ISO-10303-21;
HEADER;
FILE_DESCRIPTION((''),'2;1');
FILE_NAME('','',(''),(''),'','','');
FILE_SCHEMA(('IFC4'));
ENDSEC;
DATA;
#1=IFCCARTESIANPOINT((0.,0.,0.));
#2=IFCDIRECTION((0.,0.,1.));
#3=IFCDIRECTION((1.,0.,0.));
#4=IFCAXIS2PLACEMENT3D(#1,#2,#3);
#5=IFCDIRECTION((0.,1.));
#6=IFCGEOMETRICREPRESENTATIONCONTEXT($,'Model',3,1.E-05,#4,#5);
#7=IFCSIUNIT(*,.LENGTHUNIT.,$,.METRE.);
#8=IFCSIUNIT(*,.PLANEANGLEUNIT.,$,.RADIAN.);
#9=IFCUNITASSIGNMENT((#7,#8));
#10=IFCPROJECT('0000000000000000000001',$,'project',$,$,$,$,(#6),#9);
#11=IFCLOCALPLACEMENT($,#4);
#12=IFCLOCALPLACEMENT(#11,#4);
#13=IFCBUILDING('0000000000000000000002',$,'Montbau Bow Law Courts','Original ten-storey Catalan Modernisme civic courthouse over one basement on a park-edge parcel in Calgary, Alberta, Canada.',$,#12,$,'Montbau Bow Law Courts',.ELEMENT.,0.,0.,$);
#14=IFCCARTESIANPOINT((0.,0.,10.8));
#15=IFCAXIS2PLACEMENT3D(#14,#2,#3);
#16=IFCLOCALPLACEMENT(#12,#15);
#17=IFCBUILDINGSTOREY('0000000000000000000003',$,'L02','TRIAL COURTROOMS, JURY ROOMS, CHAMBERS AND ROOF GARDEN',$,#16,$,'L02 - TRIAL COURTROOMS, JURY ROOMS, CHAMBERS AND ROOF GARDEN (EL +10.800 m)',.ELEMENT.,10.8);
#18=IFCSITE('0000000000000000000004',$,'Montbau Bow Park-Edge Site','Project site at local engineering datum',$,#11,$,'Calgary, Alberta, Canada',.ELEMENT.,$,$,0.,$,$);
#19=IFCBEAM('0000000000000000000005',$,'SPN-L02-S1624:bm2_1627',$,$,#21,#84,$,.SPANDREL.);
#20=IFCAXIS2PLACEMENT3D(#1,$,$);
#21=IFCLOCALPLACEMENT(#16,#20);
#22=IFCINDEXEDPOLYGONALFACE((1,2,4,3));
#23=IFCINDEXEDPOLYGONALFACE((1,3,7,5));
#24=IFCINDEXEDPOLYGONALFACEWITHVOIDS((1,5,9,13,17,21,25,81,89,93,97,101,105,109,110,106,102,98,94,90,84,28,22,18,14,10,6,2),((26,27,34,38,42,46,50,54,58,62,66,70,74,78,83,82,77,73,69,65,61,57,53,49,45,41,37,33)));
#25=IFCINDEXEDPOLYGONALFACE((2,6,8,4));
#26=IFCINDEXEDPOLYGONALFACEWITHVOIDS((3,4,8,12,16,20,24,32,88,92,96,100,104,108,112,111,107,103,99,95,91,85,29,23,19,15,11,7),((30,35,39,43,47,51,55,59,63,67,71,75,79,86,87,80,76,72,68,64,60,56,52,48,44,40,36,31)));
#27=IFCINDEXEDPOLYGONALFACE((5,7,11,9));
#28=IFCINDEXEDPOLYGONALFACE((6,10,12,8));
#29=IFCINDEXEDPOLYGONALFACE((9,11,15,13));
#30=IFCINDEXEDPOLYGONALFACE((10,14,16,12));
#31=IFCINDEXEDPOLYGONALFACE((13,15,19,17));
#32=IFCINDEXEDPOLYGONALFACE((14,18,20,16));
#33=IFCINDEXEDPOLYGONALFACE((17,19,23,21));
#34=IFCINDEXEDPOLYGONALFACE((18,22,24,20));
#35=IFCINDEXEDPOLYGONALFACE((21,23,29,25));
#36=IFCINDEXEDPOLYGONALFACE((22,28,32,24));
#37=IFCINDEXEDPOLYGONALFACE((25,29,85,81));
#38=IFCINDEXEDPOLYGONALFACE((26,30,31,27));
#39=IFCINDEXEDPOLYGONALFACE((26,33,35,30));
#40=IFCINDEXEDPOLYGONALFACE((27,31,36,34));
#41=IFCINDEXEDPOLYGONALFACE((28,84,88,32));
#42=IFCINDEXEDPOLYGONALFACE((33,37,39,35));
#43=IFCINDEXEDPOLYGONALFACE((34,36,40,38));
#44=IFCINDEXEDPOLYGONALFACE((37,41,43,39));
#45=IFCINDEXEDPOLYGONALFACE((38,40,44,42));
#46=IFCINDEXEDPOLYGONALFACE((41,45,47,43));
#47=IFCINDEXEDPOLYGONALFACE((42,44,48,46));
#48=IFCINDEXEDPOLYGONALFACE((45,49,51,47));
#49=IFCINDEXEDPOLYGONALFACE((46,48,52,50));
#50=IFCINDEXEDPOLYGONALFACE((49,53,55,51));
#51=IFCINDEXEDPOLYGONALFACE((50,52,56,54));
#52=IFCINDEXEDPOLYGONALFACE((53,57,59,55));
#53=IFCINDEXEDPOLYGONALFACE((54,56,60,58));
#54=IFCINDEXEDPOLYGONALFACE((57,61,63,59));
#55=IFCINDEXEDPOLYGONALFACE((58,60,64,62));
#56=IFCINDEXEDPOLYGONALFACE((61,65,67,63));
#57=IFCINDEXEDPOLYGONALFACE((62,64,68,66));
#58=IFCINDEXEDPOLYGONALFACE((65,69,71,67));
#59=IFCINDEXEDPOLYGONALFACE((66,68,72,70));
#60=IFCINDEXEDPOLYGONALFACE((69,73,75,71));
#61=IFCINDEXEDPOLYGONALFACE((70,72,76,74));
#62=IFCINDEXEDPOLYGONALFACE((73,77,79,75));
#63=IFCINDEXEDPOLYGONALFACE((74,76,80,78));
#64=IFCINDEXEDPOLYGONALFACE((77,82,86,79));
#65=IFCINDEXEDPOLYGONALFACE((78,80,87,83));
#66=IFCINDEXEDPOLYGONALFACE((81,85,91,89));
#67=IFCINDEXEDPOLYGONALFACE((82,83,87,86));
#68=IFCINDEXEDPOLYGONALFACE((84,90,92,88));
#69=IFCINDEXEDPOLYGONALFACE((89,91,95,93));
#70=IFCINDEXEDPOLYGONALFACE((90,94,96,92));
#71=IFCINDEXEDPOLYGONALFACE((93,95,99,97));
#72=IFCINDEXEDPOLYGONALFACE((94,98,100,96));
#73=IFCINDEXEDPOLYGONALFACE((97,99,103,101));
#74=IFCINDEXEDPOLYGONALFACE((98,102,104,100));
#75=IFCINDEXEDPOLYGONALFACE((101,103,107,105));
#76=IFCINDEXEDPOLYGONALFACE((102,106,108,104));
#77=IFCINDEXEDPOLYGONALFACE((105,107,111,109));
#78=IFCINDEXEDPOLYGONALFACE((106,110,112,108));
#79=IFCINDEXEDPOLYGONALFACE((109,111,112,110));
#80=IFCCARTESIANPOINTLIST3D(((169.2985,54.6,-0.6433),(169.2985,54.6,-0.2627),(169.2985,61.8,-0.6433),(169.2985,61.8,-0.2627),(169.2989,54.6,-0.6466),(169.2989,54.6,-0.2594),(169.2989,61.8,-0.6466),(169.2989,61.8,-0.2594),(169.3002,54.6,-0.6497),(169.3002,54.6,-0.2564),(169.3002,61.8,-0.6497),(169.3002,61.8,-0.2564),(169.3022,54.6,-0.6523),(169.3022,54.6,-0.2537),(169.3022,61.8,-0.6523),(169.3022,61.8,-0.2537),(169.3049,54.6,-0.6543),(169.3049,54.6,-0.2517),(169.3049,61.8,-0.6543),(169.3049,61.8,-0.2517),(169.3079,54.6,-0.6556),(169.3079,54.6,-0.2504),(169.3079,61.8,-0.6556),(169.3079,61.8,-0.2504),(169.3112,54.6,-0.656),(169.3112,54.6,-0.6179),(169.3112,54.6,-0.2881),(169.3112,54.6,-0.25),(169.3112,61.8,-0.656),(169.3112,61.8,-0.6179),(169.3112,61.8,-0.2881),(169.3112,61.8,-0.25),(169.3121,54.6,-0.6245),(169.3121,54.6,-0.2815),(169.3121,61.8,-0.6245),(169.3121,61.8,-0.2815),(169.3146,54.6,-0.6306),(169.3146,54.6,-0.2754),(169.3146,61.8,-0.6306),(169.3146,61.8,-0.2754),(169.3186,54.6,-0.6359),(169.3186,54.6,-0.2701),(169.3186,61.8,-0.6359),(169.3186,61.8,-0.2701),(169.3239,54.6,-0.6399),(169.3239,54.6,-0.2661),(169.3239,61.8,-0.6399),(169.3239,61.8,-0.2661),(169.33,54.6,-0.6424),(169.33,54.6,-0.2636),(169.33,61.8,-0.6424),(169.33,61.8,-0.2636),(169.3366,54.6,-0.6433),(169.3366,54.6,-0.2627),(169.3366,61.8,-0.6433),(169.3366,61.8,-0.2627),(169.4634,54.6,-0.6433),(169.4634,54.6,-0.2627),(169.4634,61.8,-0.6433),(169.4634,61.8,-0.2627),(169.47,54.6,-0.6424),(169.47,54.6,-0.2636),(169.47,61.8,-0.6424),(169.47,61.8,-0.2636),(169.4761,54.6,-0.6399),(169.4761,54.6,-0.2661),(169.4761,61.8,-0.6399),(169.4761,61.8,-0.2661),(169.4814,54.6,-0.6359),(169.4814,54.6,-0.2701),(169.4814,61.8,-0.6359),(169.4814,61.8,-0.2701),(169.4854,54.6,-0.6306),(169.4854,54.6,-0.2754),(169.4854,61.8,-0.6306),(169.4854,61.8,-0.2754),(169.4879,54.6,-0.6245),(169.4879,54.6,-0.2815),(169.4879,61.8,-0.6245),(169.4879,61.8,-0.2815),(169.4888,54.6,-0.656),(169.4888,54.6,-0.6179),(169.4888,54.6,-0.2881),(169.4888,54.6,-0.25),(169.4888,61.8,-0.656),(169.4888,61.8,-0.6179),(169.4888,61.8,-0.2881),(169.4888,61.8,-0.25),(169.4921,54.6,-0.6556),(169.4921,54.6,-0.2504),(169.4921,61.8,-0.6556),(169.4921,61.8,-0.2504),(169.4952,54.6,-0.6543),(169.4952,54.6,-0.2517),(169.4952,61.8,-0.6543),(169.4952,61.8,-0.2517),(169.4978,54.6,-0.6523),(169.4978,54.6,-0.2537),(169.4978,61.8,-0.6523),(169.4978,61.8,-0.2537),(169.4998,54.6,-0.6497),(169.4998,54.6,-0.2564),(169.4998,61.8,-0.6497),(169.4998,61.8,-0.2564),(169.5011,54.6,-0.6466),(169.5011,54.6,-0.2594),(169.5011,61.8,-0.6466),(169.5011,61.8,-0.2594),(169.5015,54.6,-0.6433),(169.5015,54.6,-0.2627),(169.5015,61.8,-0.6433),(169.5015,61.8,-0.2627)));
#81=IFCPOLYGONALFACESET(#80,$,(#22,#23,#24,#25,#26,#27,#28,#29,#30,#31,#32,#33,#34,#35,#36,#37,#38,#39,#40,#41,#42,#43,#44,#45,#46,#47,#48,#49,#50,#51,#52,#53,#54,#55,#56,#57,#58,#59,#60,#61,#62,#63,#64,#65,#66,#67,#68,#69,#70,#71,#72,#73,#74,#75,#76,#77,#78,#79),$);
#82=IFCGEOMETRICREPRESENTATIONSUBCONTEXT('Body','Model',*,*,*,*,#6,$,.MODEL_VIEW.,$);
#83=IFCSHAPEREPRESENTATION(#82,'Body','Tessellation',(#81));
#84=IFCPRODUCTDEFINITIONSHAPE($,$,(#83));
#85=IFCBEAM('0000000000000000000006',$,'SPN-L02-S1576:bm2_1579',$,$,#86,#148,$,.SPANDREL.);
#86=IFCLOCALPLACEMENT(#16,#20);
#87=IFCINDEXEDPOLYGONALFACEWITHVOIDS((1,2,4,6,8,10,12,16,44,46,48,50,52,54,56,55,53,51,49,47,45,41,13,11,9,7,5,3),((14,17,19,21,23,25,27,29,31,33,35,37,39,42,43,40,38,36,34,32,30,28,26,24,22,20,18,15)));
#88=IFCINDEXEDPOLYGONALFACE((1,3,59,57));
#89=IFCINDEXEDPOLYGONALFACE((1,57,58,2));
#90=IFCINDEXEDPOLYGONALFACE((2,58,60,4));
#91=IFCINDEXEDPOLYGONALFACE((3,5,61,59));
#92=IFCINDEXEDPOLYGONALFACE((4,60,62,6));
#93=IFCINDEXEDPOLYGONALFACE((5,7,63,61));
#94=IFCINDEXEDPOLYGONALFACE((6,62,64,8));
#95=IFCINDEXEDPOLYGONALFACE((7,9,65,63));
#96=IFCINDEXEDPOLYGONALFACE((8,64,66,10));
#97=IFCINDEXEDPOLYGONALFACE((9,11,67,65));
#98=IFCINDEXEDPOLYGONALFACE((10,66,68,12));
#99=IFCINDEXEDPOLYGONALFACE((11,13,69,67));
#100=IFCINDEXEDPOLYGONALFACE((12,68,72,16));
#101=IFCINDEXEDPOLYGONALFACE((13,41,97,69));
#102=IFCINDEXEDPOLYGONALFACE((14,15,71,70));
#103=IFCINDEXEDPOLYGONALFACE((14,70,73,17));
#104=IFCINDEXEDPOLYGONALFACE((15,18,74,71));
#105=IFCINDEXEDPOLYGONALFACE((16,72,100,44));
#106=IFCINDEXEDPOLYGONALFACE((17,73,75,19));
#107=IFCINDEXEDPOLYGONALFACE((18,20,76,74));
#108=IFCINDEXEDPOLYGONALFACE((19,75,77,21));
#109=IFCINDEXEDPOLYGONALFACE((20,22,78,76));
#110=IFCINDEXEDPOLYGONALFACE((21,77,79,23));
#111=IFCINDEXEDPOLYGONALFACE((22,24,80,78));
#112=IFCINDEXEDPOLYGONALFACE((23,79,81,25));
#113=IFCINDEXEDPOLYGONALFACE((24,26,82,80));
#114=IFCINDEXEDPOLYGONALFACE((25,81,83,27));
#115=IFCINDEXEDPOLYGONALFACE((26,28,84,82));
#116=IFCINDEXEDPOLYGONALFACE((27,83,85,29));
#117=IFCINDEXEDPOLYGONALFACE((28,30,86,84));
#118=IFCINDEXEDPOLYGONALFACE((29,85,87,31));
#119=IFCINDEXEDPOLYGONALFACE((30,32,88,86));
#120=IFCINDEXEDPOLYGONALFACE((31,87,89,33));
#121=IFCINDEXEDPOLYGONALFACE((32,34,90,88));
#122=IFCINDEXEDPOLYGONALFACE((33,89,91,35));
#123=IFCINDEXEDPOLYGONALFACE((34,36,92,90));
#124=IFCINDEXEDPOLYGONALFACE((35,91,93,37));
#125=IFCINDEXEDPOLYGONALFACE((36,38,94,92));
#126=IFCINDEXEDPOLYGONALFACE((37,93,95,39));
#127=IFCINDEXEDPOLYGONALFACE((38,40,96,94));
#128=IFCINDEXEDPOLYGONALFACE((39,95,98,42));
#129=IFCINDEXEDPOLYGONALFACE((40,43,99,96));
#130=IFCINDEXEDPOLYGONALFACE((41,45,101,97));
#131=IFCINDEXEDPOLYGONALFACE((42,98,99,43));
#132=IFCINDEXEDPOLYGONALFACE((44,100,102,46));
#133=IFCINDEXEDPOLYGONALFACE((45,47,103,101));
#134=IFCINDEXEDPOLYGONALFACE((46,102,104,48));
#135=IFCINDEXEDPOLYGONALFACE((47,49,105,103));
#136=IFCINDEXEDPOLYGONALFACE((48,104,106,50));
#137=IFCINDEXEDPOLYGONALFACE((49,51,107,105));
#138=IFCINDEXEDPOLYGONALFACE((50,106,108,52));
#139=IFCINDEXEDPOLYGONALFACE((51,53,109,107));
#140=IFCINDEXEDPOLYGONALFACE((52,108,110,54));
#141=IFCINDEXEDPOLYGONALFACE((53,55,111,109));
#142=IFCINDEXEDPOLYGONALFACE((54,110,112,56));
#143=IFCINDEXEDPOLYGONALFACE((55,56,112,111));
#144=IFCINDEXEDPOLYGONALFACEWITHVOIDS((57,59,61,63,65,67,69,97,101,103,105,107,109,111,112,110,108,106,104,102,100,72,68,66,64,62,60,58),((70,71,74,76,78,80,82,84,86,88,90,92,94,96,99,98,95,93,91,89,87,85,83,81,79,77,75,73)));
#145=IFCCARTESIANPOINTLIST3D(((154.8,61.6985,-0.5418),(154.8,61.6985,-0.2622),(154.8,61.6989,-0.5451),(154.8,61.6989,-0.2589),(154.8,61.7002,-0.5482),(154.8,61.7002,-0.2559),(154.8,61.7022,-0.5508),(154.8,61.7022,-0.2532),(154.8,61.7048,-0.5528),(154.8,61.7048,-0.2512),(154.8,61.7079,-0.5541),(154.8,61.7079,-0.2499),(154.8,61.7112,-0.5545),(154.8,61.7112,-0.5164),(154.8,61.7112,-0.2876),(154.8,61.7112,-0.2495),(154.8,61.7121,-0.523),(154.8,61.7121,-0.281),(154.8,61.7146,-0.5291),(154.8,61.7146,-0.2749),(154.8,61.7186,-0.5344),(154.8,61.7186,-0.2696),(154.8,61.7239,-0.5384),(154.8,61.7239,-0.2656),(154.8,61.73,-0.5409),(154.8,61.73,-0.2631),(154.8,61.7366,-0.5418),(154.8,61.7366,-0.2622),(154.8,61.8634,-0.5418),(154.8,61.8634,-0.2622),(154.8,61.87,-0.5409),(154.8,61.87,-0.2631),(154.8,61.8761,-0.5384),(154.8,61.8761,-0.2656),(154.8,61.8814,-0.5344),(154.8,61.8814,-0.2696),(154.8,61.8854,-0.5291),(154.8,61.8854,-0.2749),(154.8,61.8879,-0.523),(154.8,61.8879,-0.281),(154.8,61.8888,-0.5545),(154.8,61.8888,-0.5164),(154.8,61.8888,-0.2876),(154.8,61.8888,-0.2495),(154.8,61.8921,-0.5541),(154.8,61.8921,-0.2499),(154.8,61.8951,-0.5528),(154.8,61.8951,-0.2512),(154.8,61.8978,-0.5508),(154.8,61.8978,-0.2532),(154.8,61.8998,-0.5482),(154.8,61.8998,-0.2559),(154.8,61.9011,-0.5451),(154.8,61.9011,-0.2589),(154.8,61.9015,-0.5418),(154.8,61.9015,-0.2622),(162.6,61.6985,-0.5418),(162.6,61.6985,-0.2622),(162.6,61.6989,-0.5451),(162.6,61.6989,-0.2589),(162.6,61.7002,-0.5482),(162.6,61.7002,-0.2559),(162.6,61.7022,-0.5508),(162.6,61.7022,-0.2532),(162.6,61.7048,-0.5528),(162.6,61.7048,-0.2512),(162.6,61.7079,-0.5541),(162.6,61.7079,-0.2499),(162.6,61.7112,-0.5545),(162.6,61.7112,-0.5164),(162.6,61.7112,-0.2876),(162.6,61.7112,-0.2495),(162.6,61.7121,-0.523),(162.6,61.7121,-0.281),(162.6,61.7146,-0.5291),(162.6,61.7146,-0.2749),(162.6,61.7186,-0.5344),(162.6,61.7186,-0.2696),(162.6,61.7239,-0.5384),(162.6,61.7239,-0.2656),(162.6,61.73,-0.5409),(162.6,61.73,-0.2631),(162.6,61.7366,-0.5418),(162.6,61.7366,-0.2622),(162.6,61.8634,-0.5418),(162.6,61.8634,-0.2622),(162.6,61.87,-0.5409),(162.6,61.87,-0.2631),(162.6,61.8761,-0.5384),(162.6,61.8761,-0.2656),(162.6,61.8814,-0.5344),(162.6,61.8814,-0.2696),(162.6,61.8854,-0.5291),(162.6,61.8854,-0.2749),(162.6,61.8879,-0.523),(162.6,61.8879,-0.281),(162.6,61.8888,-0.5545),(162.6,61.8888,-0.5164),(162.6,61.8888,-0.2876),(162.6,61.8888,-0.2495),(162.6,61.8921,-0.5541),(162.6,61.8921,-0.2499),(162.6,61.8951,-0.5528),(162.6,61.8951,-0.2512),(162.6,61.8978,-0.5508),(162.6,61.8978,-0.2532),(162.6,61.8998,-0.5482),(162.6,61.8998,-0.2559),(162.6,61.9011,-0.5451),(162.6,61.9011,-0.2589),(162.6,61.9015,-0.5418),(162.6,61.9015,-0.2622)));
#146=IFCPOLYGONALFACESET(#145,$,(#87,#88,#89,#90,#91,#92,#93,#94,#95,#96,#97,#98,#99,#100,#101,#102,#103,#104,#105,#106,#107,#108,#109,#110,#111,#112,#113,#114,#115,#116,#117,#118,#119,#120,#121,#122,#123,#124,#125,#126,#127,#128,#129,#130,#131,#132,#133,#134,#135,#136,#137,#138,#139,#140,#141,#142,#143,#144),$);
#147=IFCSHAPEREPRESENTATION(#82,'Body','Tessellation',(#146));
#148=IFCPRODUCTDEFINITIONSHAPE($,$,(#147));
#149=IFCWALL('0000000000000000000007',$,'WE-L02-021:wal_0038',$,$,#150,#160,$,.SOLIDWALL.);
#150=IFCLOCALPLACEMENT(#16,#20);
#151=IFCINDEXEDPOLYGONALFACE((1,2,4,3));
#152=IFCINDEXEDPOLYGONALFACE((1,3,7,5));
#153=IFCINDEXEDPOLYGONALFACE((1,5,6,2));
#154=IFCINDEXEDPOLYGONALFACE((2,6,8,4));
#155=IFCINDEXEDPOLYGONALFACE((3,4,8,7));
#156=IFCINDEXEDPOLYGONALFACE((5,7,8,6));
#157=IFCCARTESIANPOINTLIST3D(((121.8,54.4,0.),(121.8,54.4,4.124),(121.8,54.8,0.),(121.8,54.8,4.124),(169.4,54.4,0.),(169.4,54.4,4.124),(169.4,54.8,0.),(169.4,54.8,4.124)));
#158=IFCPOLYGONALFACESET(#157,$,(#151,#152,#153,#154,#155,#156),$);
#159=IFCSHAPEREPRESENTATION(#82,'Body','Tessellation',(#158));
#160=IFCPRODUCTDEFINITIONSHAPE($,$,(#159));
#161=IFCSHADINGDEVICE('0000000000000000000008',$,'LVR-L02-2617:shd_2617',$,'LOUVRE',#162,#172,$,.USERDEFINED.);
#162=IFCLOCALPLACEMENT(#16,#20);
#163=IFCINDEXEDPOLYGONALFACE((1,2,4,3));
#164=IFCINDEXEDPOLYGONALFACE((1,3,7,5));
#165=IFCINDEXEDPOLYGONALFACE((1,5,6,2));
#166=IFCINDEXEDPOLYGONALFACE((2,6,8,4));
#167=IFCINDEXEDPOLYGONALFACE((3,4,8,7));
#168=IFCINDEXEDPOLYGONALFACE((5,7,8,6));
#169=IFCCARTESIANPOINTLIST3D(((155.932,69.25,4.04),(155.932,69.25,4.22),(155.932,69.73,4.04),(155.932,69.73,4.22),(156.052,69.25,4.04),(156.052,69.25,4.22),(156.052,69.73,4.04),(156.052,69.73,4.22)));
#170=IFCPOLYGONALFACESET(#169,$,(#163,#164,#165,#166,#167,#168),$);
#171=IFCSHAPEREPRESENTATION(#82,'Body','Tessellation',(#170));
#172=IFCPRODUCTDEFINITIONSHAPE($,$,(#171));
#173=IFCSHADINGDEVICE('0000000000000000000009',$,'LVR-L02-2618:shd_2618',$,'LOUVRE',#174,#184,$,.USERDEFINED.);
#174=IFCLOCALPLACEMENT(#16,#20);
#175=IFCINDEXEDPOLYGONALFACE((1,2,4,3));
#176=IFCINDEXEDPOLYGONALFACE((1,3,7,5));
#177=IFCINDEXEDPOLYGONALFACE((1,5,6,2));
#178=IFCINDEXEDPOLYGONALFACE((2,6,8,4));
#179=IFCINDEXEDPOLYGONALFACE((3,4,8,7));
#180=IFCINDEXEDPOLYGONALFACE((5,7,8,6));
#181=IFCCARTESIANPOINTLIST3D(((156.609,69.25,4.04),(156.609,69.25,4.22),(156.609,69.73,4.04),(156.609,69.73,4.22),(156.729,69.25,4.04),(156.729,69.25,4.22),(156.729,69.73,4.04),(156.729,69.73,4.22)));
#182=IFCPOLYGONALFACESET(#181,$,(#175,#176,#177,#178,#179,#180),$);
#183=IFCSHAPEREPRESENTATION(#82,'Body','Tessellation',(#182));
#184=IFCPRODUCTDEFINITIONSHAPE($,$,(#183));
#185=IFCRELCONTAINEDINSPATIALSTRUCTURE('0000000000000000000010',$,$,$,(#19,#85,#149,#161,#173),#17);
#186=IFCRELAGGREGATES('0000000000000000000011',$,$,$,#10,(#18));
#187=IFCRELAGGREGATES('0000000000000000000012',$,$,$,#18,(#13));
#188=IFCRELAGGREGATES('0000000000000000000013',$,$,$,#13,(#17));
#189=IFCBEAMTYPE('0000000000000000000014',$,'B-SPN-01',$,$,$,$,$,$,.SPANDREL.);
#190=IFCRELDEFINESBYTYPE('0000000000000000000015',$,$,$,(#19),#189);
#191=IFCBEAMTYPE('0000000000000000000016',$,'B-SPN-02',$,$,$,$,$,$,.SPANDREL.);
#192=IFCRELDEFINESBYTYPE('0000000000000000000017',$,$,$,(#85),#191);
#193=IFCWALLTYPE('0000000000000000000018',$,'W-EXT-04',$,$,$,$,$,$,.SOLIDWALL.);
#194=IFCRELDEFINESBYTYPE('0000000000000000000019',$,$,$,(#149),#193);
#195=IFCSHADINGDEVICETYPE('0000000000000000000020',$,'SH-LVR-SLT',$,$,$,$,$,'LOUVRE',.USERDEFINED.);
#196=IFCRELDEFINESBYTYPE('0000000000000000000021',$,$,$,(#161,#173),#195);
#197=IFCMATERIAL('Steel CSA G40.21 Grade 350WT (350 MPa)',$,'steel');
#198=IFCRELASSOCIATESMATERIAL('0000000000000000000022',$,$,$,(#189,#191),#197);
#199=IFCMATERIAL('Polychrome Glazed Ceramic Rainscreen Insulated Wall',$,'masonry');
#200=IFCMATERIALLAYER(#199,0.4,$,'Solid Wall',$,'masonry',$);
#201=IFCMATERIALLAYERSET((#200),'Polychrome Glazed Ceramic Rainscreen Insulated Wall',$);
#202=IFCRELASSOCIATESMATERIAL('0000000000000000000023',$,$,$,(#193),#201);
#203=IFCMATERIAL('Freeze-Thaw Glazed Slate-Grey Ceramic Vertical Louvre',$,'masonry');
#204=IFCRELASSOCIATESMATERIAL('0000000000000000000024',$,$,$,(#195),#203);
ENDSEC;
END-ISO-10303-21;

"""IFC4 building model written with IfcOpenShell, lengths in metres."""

from ifc_helpers import new_model, si_unit, direction, frame, frame_2d, origin_with_axes, origin_2d_with_axis, place, context, subcontext, project, spatial, rectangle, hollow_rectangle, extrude, material, layer, layer_set, material_profile, profile_set, type_object, element, save


model = new_model("IFC4")

# Units and contexts
model_context = context("Model", 3, precision=1e-05, world=origin_with_axes(), true_north=direction((0.0, 1.0)))
body_context = subcontext(model_context, "Body", "Model", "MODEL_VIEW")
ifc_project = project(units=[si_unit("LENGTHUNIT", "METRE"), si_unit("PLANEANGLEUNIT", "RADIAN")], contexts=[model_context])

# Site, building, storey
site_placement = place(None, origin_with_axes())
site = spatial("IfcSite", under=ifc_project, at=site_placement, Name="Montbau Bow Park-Edge Site", Description="Project site at local engineering datum", LongName="Calgary, Alberta, Canada", CompositionType="ELEMENT", RefElevation=0.0)
building_placement = place(site_placement, origin_with_axes())
building = spatial("IfcBuilding", under=site, at=building_placement, Name="Montbau Bow Law Courts", Description="Original ten-storey Catalan Modernisme civic courthouse over one basement on a park-edge parcel in Calgary, Alberta, Canada.", LongName="Montbau Bow Law Courts", CompositionType="ELEMENT", ElevationOfRefHeight=0.0, ElevationOfTerrain=0.0)
storey_placement = place(building_placement, frame((0.0, 0.0, 10.8), z_axis=(0.0, 0.0, 1.0), x_axis=(1.0, 0.0, 0.0)))
storey = spatial("IfcBuildingStorey", under=building, at=storey_placement, Name="L02", Description="TRIAL COURTROOMS, JURY ROOMS, CHAMBERS AND ROOF GARDEN", LongName="L02 - TRIAL COURTROOMS, JURY ROOMS, CHAMBERS AND ROOF GARDEN (EL +10.800 m)", CompositionType="ELEMENT", Elevation=10.8)

# Beams
ifc_material_1 = material(Name="Steel CSA G40.21 Grade 350WT (350 MPa)", Category="steel")
ifc_material_profile_1 = material_profile(ifc_material_1, hollow_rectangle(XDim=0.203, YDim=0.406, WallThickness=0.0127, InnerFilletRadius=0.0254, OuterFilletRadius=0.0127, at=origin_2d_with_axis()), Name="HSS406X203X13", Category="Main", Priority=0)
ifc_profile_set_1 = profile_set([ifc_material_profile_1], Name="Steel CSA G40.21 Grade 350WT (350 MPa)")
beam_type_1 = type_object("IfcBeamType", Name="B-SPN-01", PredefinedType="SPANDREL", material=ifc_profile_set_1)
beam_1_placement = place(None, frame((169.4, 54.6, 10.347), z_axis=(0.0, 1.0, 0.0), x_axis=(-1.0, 0.0, 0.0)))
element("IfcBeam", 1, at=beam_1_placement, inside=storey, type_object=beam_type_1, Name="SPN-L02-S1624:bm2_1627", PredefinedType="SPANDREL", context=body_context, shape_type="SweptSolid", body=[
    extrude(hollow_rectangle(XDim=0.203, YDim=0.406, WallThickness=0.0127, InnerFilletRadius=0.0254, OuterFilletRadius=0.0127, at=origin_2d_with_axis()), origin_with_axes(), (0.0, 0.0, 1.0), 7.2),
])
ifc_material_profile_2 = material_profile(ifc_material_1, hollow_rectangle(XDim=0.203, YDim=0.305, WallThickness=0.0127, InnerFilletRadius=0.0254, OuterFilletRadius=0.0127, at=origin_2d_with_axis()), Name="HSS305X203X13", Category="Main", Priority=0)
ifc_profile_set_2 = profile_set([ifc_material_profile_2], Name="Steel CSA G40.21 Grade 350WT (350 MPa)")
beam_type_2 = type_object("IfcBeamType", Name="B-SPN-02", PredefinedType="SPANDREL", material=ifc_profile_set_2)
beam_2_placement = place(None, frame((154.8, 61.8, 10.398), z_axis=(1.0, 0.0, 0.0), x_axis=(0.0, 1.0, 0.0)))
element("IfcBeam", 2, at=beam_2_placement, inside=storey, type_object=beam_type_2, Name="SPN-L02-S1576:bm2_1579", PredefinedType="SPANDREL", context=body_context, shape_type="SweptSolid", body=[
    extrude(hollow_rectangle(XDim=0.203, YDim=0.305, WallThickness=0.0127, InnerFilletRadius=0.0254, OuterFilletRadius=0.0127, at=origin_2d_with_axis()), origin_with_axes(), (0.0, 0.0, 1.0), 7.8),
])

# Wall
ifc_material_2 = material(Name="Polychrome Glazed Ceramic Rainscreen Insulated Wall", Category="masonry")
ifc_layer = layer(ifc_material_2, 0.4, Name="Solid Wall", Category="masonry")
ifc_layer_set = layer_set([ifc_layer], Name="Polychrome Glazed Ceramic Rainscreen Insulated Wall")
wall_type = type_object("IfcWallType", Name="W-EXT-04", PredefinedType="SOLIDWALL", material=ifc_layer_set)
wall_placement = place(None, frame((169.4, 54.6, 10.8), z_axis=(0.0, 0.0, 1.0), x_axis=(-1.0, 0.0, 0.0)))
element("IfcWall", 3, at=wall_placement, inside=storey, type_object=wall_type, Name="WE-L02-021:wal_0038", PredefinedType="SOLIDWALL", context=body_context, shape_type="SweptSolid", body=[
    extrude(rectangle(XDim=47.6, YDim=0.4, at=frame_2d((23.8, 0.0), x_axis=(1.0, 0.0))), origin_with_axes(), (0.0, 0.0, 1.0), 4.124),
])

# Shading devices
ifc_material_3 = material(Name="Freeze-Thaw Glazed Slate-Grey Ceramic Vertical Louvre", Category="masonry")
shading_device_type = type_object("IfcShadingDeviceType", Name="SH-LVR-SLT", ElementType="LOUVRE", PredefinedType="USERDEFINED", material=ifc_material_3)
for number, where, z_axis, x_axis, name in (
    (4, (155.992, 69.49, 14.84), (0.0, 0.0, 1.0), (0.0, -1.0, 0.0), "LVR-L02-2617:shd_2617"),
    (5, (156.669, 69.49, 14.84), (0.0, 0.0, 1.0), (0.0, -1.0, 0.0), "LVR-L02-2618:shd_2618"),
):
    element("IfcShadingDevice", number, at=place(None, frame(where, z_axis=z_axis, x_axis=x_axis)), inside=storey, type_object=shading_device_type, Name=name, ObjectType="LOUVRE", PredefinedType="USERDEFINED", context=body_context, shape_type="SweptSolid", body=[
        extrude(rectangle(XDim=0.48, YDim=0.12, at=origin_2d_with_axis()), origin_with_axes(), (0.0, 0.0, 1.0), 0.18),
    ])

save(model, "model.ifc")
